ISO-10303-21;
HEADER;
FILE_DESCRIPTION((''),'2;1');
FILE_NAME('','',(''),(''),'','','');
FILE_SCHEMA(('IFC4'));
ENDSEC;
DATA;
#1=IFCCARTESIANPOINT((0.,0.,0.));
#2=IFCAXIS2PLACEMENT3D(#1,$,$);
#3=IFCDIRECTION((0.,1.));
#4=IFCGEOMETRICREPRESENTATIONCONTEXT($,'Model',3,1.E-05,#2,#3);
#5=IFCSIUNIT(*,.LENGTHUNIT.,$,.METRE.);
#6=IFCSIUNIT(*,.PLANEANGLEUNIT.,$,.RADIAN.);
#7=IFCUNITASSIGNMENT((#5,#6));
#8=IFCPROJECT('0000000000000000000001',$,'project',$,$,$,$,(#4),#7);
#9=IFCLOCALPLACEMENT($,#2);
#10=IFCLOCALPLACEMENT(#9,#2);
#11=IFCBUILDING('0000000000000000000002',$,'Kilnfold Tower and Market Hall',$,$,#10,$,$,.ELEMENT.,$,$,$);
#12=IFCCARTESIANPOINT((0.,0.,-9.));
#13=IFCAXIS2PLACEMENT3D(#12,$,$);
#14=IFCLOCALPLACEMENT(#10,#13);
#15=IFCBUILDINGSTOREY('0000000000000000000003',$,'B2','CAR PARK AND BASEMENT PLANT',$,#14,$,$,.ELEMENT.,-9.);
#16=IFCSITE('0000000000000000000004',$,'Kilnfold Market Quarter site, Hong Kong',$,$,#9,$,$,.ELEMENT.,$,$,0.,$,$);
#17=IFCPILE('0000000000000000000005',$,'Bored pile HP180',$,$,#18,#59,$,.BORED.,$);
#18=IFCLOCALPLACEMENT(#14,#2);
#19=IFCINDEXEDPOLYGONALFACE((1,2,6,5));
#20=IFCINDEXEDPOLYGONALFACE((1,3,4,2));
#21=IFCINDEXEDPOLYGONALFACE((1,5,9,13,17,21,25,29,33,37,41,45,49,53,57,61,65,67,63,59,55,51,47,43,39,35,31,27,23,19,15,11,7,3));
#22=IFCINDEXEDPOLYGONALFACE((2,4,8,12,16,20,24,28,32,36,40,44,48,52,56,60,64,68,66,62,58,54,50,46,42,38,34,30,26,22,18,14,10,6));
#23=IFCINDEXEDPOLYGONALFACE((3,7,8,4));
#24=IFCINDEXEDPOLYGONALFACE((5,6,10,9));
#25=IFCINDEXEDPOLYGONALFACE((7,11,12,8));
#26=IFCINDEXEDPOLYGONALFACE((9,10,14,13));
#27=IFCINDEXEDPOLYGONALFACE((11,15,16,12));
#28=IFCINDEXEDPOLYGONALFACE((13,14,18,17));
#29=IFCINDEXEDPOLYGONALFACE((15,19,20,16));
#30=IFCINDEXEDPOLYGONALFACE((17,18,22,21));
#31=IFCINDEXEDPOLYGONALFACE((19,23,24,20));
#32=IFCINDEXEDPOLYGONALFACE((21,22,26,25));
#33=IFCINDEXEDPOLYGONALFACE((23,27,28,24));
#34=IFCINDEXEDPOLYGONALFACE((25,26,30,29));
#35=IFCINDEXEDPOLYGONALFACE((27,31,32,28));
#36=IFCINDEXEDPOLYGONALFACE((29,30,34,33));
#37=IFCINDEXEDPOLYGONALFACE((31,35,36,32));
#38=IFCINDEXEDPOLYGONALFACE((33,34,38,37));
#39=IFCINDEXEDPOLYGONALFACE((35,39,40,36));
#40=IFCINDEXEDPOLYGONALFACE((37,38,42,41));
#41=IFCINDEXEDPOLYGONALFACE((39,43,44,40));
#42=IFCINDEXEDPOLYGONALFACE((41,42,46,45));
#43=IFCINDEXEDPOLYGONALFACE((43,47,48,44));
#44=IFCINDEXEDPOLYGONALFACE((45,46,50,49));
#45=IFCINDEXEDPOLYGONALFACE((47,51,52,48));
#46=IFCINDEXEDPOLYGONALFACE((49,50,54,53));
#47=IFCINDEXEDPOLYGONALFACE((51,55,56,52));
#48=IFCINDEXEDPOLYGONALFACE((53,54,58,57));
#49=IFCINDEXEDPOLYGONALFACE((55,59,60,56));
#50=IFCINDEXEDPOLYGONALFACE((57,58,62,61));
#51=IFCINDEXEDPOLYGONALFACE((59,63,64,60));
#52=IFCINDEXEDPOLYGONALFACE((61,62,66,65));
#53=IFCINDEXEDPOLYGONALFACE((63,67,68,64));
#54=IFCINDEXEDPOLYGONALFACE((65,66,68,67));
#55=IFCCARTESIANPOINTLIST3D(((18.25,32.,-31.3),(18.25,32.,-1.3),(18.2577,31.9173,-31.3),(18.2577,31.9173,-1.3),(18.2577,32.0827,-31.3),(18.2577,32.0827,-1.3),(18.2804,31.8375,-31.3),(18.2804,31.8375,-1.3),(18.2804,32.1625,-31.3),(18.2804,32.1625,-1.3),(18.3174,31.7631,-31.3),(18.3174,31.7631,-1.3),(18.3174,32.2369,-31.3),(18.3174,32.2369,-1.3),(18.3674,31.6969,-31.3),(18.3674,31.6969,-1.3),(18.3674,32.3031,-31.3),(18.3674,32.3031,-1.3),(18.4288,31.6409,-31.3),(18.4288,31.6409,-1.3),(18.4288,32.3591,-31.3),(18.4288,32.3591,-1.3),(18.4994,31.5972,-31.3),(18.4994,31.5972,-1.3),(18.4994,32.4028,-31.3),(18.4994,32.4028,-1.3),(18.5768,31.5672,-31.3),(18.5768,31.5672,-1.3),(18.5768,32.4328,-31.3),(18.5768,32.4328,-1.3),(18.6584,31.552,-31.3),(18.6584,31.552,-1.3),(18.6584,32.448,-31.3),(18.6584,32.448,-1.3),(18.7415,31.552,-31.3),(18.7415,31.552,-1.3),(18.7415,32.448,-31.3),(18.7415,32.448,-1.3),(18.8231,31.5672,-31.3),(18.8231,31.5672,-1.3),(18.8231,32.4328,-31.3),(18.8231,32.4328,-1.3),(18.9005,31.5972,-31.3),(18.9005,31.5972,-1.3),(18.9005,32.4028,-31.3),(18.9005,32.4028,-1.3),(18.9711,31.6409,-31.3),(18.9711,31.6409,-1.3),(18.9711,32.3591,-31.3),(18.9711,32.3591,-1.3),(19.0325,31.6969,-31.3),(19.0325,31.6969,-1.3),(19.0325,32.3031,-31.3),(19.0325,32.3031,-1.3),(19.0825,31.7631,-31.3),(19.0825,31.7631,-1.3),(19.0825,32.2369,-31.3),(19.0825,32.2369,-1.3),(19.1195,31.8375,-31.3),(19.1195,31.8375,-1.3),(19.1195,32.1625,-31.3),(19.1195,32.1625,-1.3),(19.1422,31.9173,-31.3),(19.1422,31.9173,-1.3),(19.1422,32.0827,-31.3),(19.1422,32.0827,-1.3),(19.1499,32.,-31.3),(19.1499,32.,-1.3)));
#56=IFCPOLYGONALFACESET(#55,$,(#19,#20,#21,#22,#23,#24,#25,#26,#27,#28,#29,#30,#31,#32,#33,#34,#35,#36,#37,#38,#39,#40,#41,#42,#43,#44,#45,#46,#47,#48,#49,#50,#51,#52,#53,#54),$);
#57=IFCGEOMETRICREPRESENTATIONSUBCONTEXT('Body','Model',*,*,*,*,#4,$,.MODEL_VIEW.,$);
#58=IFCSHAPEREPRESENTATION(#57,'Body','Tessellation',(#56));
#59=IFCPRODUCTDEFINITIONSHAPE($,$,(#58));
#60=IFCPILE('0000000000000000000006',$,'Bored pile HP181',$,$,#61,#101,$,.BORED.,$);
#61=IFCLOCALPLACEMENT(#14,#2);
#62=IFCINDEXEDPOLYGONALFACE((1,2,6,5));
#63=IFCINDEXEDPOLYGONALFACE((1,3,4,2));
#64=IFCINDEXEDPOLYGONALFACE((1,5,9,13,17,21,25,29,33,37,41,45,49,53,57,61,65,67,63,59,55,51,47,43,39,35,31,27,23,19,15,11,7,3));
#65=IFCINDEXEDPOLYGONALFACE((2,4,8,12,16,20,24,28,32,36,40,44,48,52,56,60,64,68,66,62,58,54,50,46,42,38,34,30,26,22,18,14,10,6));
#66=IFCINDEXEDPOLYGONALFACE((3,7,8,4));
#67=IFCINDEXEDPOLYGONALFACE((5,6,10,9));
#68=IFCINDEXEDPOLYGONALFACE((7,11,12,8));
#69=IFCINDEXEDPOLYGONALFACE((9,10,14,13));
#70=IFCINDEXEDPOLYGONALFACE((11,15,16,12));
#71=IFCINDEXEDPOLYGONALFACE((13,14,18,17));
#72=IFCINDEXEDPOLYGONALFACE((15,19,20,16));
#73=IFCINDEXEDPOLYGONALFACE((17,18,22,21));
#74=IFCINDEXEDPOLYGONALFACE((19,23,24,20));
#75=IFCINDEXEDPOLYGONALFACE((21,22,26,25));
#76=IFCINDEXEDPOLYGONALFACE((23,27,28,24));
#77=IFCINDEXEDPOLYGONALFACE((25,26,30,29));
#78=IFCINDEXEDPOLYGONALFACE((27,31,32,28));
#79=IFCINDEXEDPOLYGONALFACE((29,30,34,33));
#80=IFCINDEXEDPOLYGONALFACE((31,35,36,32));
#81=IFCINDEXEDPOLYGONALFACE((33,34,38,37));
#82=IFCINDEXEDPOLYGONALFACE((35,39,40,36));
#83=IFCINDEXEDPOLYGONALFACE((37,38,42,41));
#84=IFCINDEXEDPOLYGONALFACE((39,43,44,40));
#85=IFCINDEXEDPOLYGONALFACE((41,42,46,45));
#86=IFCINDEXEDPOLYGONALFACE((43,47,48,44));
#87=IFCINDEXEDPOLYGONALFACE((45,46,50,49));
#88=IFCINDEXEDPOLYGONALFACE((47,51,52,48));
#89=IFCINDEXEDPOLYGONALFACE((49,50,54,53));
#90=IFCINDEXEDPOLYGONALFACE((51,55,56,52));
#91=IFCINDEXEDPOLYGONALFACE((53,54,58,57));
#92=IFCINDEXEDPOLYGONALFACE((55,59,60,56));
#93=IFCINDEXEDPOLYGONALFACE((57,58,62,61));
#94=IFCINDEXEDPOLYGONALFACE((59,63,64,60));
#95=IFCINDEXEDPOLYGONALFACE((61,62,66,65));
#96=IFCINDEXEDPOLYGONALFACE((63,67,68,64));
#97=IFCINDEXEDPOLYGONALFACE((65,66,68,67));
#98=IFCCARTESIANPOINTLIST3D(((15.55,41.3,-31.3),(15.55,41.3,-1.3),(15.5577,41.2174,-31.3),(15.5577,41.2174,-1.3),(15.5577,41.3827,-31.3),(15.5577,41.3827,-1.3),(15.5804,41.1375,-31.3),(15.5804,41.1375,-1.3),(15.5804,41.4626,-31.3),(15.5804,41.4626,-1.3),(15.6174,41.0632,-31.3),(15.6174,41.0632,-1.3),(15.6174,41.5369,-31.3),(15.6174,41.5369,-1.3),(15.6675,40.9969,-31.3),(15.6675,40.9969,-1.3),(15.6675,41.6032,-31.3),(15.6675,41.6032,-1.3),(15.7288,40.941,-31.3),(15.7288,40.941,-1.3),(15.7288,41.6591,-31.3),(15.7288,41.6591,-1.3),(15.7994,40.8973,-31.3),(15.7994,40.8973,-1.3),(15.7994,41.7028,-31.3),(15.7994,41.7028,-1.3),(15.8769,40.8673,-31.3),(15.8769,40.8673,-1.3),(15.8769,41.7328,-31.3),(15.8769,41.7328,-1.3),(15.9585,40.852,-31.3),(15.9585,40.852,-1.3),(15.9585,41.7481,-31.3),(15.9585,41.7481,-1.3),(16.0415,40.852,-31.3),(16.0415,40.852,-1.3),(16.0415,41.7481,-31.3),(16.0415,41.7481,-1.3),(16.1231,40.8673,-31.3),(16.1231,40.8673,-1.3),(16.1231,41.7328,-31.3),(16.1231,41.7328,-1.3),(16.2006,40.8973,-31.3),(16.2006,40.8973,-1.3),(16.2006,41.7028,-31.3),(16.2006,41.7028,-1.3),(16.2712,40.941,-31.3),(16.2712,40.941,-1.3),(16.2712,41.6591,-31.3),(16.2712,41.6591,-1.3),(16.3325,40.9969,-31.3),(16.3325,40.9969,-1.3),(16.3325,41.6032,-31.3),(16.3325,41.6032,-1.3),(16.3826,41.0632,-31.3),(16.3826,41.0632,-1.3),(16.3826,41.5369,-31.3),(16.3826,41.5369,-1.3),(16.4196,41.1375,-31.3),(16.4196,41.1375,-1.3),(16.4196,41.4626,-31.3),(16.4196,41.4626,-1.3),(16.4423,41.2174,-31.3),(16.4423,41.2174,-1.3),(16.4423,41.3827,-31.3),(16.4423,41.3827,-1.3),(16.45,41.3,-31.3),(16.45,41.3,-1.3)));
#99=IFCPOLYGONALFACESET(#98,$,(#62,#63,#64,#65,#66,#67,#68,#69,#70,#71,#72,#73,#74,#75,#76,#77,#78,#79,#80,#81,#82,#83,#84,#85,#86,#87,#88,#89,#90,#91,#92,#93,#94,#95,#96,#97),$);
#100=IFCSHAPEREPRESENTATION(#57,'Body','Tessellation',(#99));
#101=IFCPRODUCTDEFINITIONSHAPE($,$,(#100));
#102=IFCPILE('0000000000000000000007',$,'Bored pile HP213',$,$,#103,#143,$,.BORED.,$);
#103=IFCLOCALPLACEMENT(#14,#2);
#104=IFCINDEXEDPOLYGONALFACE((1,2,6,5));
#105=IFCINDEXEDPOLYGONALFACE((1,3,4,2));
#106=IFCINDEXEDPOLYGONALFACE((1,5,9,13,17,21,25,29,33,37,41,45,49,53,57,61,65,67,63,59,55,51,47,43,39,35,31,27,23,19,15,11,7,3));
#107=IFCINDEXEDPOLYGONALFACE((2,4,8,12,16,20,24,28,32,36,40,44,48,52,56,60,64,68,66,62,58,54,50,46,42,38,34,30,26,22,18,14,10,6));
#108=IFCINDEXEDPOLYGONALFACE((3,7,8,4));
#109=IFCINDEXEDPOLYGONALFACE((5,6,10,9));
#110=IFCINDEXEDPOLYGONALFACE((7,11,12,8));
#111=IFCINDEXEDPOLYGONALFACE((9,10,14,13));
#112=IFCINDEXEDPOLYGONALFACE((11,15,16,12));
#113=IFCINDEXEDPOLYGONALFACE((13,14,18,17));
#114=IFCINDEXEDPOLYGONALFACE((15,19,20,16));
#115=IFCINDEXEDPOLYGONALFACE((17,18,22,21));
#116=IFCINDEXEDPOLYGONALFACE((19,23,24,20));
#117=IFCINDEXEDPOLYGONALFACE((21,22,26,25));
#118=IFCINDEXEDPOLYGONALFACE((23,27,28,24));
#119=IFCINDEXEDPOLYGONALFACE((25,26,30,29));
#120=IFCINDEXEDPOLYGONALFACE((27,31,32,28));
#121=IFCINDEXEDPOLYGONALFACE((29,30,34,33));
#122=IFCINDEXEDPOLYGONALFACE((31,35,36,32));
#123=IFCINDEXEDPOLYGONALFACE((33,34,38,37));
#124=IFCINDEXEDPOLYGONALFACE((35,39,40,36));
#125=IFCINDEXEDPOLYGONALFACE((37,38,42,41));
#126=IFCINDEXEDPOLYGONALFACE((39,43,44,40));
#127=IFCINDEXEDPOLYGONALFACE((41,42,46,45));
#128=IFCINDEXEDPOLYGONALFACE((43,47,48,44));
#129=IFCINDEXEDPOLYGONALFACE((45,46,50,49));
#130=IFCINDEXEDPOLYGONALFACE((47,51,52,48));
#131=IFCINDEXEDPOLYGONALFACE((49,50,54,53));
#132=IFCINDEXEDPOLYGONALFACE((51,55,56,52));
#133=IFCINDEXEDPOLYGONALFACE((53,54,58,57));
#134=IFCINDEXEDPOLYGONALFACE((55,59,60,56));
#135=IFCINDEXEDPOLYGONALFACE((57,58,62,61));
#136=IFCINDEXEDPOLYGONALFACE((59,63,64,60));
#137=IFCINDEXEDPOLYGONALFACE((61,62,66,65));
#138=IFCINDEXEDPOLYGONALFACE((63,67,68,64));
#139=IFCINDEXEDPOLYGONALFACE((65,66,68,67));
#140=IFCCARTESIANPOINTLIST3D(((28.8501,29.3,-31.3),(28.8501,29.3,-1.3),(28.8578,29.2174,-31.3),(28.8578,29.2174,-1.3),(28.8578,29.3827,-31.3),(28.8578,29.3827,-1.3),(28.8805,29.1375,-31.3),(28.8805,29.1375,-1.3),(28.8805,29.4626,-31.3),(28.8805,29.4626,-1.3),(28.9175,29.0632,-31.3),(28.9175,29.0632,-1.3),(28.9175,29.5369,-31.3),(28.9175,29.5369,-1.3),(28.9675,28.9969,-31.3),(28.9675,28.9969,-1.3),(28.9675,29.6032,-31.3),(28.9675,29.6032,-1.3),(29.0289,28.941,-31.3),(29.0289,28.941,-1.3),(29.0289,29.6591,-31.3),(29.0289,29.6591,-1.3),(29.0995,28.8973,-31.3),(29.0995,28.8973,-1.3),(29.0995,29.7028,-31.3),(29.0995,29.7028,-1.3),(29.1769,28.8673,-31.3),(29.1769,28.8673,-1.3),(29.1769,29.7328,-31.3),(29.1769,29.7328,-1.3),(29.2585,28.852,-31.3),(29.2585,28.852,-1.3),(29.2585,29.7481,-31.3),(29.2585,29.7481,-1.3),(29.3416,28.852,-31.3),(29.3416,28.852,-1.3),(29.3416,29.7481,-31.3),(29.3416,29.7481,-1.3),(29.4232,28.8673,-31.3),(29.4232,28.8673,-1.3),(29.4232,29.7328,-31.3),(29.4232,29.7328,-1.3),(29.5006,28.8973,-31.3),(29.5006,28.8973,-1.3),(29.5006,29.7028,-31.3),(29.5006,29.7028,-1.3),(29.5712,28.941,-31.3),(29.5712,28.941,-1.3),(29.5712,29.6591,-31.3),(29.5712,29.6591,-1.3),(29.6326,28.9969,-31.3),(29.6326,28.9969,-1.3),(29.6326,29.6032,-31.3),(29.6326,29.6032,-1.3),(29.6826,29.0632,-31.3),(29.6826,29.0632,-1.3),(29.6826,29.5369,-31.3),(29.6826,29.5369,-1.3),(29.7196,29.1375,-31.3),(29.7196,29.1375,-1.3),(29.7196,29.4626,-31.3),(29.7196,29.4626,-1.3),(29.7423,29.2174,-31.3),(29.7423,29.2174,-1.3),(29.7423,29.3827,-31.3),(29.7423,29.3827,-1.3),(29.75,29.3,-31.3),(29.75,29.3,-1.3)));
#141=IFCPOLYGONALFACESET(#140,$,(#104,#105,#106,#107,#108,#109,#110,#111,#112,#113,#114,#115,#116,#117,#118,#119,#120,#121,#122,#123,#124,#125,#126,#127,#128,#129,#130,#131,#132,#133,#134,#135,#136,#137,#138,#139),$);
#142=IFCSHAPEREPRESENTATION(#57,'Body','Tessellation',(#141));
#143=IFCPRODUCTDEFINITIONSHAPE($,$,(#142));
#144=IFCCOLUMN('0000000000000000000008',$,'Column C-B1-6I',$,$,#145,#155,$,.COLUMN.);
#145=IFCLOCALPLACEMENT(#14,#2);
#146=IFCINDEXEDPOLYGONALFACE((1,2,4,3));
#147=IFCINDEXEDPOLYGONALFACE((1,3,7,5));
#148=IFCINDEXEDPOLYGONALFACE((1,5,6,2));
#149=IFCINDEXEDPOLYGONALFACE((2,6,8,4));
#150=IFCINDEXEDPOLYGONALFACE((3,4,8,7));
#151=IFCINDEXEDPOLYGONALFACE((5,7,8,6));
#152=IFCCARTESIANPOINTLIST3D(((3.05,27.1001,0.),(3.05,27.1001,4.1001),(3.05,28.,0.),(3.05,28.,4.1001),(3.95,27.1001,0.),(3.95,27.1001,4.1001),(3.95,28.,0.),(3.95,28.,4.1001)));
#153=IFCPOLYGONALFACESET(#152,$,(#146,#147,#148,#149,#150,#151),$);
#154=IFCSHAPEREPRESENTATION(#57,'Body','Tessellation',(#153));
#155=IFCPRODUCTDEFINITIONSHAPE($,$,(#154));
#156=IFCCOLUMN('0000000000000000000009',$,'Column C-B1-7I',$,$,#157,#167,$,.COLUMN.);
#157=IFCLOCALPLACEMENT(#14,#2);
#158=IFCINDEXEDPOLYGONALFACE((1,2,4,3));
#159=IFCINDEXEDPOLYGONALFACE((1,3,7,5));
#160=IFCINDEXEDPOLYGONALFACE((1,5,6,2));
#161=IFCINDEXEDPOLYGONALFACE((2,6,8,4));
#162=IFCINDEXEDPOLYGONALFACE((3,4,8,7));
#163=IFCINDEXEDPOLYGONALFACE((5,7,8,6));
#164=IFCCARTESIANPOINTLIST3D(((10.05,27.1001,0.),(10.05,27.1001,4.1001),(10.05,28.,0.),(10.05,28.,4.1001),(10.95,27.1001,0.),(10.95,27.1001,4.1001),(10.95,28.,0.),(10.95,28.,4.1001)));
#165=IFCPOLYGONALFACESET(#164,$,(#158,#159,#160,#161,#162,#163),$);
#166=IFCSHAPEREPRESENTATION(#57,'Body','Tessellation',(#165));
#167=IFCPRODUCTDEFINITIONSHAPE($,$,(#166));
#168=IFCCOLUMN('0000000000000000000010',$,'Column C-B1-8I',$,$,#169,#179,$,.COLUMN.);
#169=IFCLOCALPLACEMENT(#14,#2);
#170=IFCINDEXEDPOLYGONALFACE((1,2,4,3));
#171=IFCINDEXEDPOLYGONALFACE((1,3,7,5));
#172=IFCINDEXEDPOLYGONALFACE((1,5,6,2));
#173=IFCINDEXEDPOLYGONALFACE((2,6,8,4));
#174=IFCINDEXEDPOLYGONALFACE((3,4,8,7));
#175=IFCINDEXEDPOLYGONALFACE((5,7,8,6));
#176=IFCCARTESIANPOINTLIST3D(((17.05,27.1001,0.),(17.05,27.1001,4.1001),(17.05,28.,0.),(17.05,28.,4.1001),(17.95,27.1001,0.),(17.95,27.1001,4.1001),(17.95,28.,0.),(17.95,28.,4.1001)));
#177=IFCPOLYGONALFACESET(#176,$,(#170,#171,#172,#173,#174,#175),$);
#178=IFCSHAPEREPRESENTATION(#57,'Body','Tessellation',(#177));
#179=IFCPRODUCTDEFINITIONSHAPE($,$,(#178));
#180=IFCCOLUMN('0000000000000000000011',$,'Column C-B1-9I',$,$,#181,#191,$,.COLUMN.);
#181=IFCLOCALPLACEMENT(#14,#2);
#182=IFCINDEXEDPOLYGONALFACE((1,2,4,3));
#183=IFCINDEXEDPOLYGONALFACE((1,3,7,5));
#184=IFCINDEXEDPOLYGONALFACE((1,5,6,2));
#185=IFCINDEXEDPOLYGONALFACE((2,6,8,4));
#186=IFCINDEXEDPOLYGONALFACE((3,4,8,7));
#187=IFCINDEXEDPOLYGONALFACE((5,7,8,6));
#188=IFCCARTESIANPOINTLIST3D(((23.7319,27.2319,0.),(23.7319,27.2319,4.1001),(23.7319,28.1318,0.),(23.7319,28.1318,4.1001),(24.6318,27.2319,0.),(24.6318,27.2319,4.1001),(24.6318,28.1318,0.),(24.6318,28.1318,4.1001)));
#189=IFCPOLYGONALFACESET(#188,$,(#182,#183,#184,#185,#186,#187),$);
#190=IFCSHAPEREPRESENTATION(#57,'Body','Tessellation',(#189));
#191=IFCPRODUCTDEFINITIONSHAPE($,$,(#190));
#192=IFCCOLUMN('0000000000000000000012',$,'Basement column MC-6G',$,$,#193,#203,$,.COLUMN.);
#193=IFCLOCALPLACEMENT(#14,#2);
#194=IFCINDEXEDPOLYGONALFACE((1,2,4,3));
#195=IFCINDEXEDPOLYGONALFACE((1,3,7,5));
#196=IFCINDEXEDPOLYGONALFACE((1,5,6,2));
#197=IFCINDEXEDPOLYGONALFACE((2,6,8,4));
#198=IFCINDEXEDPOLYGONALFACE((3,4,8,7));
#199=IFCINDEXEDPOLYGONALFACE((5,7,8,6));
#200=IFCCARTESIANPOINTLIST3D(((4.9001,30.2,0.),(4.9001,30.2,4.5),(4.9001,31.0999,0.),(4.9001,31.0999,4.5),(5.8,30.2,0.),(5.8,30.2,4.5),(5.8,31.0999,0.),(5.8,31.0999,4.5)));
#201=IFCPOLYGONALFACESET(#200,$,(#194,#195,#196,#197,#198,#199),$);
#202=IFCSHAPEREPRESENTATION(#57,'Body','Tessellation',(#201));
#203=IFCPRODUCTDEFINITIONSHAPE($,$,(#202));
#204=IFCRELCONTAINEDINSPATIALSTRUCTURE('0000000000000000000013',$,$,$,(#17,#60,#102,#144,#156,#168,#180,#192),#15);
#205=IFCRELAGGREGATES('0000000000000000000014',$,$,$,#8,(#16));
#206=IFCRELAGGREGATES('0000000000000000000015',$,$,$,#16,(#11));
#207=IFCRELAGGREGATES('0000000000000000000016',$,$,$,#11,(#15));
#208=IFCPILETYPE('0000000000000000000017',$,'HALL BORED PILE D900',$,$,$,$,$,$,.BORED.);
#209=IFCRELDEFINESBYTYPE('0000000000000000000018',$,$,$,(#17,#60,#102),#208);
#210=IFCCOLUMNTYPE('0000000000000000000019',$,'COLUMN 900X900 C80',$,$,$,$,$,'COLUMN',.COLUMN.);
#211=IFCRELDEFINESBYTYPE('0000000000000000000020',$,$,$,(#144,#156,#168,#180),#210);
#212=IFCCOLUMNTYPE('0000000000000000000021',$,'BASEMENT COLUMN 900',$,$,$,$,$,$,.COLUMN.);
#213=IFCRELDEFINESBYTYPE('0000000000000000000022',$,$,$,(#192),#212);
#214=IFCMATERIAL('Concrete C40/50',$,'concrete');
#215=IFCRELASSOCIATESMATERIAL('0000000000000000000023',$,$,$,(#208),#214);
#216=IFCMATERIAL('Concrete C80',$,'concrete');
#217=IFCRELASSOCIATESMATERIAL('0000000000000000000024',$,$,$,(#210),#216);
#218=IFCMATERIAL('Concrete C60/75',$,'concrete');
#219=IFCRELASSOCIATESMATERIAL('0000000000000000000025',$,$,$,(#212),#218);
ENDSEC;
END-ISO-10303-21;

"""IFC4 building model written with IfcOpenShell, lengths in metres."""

from ifc_helpers import new_model, si_unit, direction, frame, origin, origin_2d, place, context, subcontext, project, spatial, rectangle, circle, extrude, source, transform, mapped, material, material_profile, profile_set, type_object, element, save


model = new_model("IFC4")

# Units and contexts
model_context = context("Model", 3, precision=1e-05, world=origin(), true_north=direction((0.0, 1.0)))
body_context = subcontext(model_context, "Body", "Model", "MODEL_VIEW")
ifc_project = project(units=[si_unit("LENGTHUNIT", "METRE"), si_unit("PLANEANGLEUNIT", "RADIAN")], contexts=[model_context])

# Site, building, storey
site_placement = place(None, origin())
site = spatial("IfcSite", under=ifc_project, at=site_placement, Name="Kilnfold Market Quarter site, Hong Kong", CompositionType="ELEMENT", RefElevation=0.0)
building_placement = place(site_placement, origin())
building = spatial("IfcBuilding", under=site, at=building_placement, Name="Kilnfold Tower and Market Hall", CompositionType="ELEMENT")
storey_placement = place(building_placement, frame((0.0, 0.0, -9.0)))
storey = spatial("IfcBuildingStorey", under=building, at=storey_placement, Name="B2", Description="CAR PARK AND BASEMENT PLANT", CompositionType="ELEMENT", Elevation=-9.0)

# Piles
ifc_material_1 = material(Name="Concrete C40/50", Category="concrete")
ifc_material_profile_1 = material_profile(ifc_material_1, circle(Radius=0.45, at=origin_2d()), Name="D900")
ifc_profile_set_1 = profile_set([ifc_material_profile_1], Name="Concrete C40/50")
pile_type_1 = type_object("IfcPileType", Name="HALL BORED PILE D900", PredefinedType="BORED", material=ifc_profile_set_1)
shared_shape_1 = source(origin(), body_context, "Body", "SweptSolid", [
    extrude(circle(Radius=0.45, at=origin_2d()), origin(), (0.0, 0.0, 1.0), 30.0),
])
for number, where, z_axis, x_axis, name in (
    (1, (18.7, 32.0, -1.3), (0.0, 0.0, -1.0), (1.0, 0.0, 0.0), "Bored pile HP180"),
    (2, (16.0, 41.3, -1.3), (0.0, 0.0, -1.0), (1.0, 0.0, 0.0), "Bored pile HP181"),
    (3, (29.3, 29.3, -1.3), (0.0, 0.0, -1.0), (1.0, 0.0, 0.0), "Bored pile HP213"),
):
    element("IfcPile", number, at=place(storey_placement, frame(where, z_axis=z_axis, x_axis=x_axis)), inside=storey, type_object=pile_type_1, Name=name, PredefinedType="BORED", context=body_context, shape_type="MappedRepresentation", body=[
        mapped(shared_shape_1, transform((0.0, 0.0, 0.0))),
    ])

# Columns
ifc_material_2 = material(Name="Concrete C80", Category="concrete")
ifc_material_profile_2 = material_profile(ifc_material_2, rectangle(XDim=0.8999, YDim=0.8999, at=origin_2d()), Name="RC 900x900")
ifc_profile_set_2 = profile_set([ifc_material_profile_2], Name="Concrete C80")
column_type_1 = type_object("IfcColumnType", Name="COLUMN 900X900 C80", ElementType="COLUMN", PredefinedType="COLUMN", material=ifc_profile_set_2)
shared_shape_2 = source(origin(), body_context, "Body", "SweptSolid", [
    extrude(rectangle(XDim=0.8999, YDim=0.8999, at=origin_2d()), origin(), (0.0, 0.0, 1.0), 4.1001),
])
for number, where, z_axis, x_axis, name in (
    (4, (3.5, 27.55, 0.0), (0.0, 0.0, 1.0), (1.0, 0.0, 0.0), "Column C-B1-6I"),
    (5, (10.5, 27.55, 0.0), (0.0, 0.0, 1.0), (1.0, 0.0, 0.0), "Column C-B1-7I"),
    (6, (17.5, 27.55, 0.0), (0.0, 0.0, 1.0), (1.0, 0.0, 0.0), "Column C-B1-8I"),
    (7, (24.1819, 27.6819, 0.0), (0.0, 0.0, 1.0), (1.0, 0.0, 0.0), "Column C-B1-9I"),
):
    element("IfcColumn", number, at=place(storey_placement, frame(where, z_axis=z_axis, x_axis=x_axis)), inside=storey, type_object=column_type_1, Name=name, PredefinedType="COLUMN", context=body_context, shape_type="MappedRepresentation", body=[
        mapped(shared_shape_2, transform((0.0, 0.0, 0.0))),
    ])
ifc_material_3 = material(Name="Concrete C60/75", Category="concrete")
ifc_material_profile_3 = material_profile(ifc_material_3, rectangle(XDim=0.8999, YDim=0.8999, at=origin_2d()), Name="RC 900x900")
ifc_profile_set_3 = profile_set([ifc_material_profile_3], Name="Concrete C60/75")
column_type_2 = type_object("IfcColumnType", Name="BASEMENT COLUMN 900", PredefinedType="COLUMN", material=ifc_profile_set_3)
shared_shape_3 = source(origin(), body_context, "Body", "SweptSolid", [
    extrude(rectangle(XDim=0.8999, YDim=0.8999, at=origin_2d()), origin(), (0.0, 0.0, 1.0), 4.5),
])
for number, where, z_axis, x_axis, name in (
    (8, (5.3501, 30.6499, 0.0), (0.0, 0.0, 1.0), (1.0, 0.0, 0.0), "Basement column MC-6G"),
):
    element("IfcColumn", number, at=place(storey_placement, frame(where, z_axis=z_axis, x_axis=x_axis)), inside=storey, type_object=column_type_2, Name=name, PredefinedType="COLUMN", context=body_context, shape_type="MappedRepresentation", body=[
        mapped(shared_shape_3, transform((0.0, 0.0, 0.0))),
    ])

save(model, "model.ifc")
